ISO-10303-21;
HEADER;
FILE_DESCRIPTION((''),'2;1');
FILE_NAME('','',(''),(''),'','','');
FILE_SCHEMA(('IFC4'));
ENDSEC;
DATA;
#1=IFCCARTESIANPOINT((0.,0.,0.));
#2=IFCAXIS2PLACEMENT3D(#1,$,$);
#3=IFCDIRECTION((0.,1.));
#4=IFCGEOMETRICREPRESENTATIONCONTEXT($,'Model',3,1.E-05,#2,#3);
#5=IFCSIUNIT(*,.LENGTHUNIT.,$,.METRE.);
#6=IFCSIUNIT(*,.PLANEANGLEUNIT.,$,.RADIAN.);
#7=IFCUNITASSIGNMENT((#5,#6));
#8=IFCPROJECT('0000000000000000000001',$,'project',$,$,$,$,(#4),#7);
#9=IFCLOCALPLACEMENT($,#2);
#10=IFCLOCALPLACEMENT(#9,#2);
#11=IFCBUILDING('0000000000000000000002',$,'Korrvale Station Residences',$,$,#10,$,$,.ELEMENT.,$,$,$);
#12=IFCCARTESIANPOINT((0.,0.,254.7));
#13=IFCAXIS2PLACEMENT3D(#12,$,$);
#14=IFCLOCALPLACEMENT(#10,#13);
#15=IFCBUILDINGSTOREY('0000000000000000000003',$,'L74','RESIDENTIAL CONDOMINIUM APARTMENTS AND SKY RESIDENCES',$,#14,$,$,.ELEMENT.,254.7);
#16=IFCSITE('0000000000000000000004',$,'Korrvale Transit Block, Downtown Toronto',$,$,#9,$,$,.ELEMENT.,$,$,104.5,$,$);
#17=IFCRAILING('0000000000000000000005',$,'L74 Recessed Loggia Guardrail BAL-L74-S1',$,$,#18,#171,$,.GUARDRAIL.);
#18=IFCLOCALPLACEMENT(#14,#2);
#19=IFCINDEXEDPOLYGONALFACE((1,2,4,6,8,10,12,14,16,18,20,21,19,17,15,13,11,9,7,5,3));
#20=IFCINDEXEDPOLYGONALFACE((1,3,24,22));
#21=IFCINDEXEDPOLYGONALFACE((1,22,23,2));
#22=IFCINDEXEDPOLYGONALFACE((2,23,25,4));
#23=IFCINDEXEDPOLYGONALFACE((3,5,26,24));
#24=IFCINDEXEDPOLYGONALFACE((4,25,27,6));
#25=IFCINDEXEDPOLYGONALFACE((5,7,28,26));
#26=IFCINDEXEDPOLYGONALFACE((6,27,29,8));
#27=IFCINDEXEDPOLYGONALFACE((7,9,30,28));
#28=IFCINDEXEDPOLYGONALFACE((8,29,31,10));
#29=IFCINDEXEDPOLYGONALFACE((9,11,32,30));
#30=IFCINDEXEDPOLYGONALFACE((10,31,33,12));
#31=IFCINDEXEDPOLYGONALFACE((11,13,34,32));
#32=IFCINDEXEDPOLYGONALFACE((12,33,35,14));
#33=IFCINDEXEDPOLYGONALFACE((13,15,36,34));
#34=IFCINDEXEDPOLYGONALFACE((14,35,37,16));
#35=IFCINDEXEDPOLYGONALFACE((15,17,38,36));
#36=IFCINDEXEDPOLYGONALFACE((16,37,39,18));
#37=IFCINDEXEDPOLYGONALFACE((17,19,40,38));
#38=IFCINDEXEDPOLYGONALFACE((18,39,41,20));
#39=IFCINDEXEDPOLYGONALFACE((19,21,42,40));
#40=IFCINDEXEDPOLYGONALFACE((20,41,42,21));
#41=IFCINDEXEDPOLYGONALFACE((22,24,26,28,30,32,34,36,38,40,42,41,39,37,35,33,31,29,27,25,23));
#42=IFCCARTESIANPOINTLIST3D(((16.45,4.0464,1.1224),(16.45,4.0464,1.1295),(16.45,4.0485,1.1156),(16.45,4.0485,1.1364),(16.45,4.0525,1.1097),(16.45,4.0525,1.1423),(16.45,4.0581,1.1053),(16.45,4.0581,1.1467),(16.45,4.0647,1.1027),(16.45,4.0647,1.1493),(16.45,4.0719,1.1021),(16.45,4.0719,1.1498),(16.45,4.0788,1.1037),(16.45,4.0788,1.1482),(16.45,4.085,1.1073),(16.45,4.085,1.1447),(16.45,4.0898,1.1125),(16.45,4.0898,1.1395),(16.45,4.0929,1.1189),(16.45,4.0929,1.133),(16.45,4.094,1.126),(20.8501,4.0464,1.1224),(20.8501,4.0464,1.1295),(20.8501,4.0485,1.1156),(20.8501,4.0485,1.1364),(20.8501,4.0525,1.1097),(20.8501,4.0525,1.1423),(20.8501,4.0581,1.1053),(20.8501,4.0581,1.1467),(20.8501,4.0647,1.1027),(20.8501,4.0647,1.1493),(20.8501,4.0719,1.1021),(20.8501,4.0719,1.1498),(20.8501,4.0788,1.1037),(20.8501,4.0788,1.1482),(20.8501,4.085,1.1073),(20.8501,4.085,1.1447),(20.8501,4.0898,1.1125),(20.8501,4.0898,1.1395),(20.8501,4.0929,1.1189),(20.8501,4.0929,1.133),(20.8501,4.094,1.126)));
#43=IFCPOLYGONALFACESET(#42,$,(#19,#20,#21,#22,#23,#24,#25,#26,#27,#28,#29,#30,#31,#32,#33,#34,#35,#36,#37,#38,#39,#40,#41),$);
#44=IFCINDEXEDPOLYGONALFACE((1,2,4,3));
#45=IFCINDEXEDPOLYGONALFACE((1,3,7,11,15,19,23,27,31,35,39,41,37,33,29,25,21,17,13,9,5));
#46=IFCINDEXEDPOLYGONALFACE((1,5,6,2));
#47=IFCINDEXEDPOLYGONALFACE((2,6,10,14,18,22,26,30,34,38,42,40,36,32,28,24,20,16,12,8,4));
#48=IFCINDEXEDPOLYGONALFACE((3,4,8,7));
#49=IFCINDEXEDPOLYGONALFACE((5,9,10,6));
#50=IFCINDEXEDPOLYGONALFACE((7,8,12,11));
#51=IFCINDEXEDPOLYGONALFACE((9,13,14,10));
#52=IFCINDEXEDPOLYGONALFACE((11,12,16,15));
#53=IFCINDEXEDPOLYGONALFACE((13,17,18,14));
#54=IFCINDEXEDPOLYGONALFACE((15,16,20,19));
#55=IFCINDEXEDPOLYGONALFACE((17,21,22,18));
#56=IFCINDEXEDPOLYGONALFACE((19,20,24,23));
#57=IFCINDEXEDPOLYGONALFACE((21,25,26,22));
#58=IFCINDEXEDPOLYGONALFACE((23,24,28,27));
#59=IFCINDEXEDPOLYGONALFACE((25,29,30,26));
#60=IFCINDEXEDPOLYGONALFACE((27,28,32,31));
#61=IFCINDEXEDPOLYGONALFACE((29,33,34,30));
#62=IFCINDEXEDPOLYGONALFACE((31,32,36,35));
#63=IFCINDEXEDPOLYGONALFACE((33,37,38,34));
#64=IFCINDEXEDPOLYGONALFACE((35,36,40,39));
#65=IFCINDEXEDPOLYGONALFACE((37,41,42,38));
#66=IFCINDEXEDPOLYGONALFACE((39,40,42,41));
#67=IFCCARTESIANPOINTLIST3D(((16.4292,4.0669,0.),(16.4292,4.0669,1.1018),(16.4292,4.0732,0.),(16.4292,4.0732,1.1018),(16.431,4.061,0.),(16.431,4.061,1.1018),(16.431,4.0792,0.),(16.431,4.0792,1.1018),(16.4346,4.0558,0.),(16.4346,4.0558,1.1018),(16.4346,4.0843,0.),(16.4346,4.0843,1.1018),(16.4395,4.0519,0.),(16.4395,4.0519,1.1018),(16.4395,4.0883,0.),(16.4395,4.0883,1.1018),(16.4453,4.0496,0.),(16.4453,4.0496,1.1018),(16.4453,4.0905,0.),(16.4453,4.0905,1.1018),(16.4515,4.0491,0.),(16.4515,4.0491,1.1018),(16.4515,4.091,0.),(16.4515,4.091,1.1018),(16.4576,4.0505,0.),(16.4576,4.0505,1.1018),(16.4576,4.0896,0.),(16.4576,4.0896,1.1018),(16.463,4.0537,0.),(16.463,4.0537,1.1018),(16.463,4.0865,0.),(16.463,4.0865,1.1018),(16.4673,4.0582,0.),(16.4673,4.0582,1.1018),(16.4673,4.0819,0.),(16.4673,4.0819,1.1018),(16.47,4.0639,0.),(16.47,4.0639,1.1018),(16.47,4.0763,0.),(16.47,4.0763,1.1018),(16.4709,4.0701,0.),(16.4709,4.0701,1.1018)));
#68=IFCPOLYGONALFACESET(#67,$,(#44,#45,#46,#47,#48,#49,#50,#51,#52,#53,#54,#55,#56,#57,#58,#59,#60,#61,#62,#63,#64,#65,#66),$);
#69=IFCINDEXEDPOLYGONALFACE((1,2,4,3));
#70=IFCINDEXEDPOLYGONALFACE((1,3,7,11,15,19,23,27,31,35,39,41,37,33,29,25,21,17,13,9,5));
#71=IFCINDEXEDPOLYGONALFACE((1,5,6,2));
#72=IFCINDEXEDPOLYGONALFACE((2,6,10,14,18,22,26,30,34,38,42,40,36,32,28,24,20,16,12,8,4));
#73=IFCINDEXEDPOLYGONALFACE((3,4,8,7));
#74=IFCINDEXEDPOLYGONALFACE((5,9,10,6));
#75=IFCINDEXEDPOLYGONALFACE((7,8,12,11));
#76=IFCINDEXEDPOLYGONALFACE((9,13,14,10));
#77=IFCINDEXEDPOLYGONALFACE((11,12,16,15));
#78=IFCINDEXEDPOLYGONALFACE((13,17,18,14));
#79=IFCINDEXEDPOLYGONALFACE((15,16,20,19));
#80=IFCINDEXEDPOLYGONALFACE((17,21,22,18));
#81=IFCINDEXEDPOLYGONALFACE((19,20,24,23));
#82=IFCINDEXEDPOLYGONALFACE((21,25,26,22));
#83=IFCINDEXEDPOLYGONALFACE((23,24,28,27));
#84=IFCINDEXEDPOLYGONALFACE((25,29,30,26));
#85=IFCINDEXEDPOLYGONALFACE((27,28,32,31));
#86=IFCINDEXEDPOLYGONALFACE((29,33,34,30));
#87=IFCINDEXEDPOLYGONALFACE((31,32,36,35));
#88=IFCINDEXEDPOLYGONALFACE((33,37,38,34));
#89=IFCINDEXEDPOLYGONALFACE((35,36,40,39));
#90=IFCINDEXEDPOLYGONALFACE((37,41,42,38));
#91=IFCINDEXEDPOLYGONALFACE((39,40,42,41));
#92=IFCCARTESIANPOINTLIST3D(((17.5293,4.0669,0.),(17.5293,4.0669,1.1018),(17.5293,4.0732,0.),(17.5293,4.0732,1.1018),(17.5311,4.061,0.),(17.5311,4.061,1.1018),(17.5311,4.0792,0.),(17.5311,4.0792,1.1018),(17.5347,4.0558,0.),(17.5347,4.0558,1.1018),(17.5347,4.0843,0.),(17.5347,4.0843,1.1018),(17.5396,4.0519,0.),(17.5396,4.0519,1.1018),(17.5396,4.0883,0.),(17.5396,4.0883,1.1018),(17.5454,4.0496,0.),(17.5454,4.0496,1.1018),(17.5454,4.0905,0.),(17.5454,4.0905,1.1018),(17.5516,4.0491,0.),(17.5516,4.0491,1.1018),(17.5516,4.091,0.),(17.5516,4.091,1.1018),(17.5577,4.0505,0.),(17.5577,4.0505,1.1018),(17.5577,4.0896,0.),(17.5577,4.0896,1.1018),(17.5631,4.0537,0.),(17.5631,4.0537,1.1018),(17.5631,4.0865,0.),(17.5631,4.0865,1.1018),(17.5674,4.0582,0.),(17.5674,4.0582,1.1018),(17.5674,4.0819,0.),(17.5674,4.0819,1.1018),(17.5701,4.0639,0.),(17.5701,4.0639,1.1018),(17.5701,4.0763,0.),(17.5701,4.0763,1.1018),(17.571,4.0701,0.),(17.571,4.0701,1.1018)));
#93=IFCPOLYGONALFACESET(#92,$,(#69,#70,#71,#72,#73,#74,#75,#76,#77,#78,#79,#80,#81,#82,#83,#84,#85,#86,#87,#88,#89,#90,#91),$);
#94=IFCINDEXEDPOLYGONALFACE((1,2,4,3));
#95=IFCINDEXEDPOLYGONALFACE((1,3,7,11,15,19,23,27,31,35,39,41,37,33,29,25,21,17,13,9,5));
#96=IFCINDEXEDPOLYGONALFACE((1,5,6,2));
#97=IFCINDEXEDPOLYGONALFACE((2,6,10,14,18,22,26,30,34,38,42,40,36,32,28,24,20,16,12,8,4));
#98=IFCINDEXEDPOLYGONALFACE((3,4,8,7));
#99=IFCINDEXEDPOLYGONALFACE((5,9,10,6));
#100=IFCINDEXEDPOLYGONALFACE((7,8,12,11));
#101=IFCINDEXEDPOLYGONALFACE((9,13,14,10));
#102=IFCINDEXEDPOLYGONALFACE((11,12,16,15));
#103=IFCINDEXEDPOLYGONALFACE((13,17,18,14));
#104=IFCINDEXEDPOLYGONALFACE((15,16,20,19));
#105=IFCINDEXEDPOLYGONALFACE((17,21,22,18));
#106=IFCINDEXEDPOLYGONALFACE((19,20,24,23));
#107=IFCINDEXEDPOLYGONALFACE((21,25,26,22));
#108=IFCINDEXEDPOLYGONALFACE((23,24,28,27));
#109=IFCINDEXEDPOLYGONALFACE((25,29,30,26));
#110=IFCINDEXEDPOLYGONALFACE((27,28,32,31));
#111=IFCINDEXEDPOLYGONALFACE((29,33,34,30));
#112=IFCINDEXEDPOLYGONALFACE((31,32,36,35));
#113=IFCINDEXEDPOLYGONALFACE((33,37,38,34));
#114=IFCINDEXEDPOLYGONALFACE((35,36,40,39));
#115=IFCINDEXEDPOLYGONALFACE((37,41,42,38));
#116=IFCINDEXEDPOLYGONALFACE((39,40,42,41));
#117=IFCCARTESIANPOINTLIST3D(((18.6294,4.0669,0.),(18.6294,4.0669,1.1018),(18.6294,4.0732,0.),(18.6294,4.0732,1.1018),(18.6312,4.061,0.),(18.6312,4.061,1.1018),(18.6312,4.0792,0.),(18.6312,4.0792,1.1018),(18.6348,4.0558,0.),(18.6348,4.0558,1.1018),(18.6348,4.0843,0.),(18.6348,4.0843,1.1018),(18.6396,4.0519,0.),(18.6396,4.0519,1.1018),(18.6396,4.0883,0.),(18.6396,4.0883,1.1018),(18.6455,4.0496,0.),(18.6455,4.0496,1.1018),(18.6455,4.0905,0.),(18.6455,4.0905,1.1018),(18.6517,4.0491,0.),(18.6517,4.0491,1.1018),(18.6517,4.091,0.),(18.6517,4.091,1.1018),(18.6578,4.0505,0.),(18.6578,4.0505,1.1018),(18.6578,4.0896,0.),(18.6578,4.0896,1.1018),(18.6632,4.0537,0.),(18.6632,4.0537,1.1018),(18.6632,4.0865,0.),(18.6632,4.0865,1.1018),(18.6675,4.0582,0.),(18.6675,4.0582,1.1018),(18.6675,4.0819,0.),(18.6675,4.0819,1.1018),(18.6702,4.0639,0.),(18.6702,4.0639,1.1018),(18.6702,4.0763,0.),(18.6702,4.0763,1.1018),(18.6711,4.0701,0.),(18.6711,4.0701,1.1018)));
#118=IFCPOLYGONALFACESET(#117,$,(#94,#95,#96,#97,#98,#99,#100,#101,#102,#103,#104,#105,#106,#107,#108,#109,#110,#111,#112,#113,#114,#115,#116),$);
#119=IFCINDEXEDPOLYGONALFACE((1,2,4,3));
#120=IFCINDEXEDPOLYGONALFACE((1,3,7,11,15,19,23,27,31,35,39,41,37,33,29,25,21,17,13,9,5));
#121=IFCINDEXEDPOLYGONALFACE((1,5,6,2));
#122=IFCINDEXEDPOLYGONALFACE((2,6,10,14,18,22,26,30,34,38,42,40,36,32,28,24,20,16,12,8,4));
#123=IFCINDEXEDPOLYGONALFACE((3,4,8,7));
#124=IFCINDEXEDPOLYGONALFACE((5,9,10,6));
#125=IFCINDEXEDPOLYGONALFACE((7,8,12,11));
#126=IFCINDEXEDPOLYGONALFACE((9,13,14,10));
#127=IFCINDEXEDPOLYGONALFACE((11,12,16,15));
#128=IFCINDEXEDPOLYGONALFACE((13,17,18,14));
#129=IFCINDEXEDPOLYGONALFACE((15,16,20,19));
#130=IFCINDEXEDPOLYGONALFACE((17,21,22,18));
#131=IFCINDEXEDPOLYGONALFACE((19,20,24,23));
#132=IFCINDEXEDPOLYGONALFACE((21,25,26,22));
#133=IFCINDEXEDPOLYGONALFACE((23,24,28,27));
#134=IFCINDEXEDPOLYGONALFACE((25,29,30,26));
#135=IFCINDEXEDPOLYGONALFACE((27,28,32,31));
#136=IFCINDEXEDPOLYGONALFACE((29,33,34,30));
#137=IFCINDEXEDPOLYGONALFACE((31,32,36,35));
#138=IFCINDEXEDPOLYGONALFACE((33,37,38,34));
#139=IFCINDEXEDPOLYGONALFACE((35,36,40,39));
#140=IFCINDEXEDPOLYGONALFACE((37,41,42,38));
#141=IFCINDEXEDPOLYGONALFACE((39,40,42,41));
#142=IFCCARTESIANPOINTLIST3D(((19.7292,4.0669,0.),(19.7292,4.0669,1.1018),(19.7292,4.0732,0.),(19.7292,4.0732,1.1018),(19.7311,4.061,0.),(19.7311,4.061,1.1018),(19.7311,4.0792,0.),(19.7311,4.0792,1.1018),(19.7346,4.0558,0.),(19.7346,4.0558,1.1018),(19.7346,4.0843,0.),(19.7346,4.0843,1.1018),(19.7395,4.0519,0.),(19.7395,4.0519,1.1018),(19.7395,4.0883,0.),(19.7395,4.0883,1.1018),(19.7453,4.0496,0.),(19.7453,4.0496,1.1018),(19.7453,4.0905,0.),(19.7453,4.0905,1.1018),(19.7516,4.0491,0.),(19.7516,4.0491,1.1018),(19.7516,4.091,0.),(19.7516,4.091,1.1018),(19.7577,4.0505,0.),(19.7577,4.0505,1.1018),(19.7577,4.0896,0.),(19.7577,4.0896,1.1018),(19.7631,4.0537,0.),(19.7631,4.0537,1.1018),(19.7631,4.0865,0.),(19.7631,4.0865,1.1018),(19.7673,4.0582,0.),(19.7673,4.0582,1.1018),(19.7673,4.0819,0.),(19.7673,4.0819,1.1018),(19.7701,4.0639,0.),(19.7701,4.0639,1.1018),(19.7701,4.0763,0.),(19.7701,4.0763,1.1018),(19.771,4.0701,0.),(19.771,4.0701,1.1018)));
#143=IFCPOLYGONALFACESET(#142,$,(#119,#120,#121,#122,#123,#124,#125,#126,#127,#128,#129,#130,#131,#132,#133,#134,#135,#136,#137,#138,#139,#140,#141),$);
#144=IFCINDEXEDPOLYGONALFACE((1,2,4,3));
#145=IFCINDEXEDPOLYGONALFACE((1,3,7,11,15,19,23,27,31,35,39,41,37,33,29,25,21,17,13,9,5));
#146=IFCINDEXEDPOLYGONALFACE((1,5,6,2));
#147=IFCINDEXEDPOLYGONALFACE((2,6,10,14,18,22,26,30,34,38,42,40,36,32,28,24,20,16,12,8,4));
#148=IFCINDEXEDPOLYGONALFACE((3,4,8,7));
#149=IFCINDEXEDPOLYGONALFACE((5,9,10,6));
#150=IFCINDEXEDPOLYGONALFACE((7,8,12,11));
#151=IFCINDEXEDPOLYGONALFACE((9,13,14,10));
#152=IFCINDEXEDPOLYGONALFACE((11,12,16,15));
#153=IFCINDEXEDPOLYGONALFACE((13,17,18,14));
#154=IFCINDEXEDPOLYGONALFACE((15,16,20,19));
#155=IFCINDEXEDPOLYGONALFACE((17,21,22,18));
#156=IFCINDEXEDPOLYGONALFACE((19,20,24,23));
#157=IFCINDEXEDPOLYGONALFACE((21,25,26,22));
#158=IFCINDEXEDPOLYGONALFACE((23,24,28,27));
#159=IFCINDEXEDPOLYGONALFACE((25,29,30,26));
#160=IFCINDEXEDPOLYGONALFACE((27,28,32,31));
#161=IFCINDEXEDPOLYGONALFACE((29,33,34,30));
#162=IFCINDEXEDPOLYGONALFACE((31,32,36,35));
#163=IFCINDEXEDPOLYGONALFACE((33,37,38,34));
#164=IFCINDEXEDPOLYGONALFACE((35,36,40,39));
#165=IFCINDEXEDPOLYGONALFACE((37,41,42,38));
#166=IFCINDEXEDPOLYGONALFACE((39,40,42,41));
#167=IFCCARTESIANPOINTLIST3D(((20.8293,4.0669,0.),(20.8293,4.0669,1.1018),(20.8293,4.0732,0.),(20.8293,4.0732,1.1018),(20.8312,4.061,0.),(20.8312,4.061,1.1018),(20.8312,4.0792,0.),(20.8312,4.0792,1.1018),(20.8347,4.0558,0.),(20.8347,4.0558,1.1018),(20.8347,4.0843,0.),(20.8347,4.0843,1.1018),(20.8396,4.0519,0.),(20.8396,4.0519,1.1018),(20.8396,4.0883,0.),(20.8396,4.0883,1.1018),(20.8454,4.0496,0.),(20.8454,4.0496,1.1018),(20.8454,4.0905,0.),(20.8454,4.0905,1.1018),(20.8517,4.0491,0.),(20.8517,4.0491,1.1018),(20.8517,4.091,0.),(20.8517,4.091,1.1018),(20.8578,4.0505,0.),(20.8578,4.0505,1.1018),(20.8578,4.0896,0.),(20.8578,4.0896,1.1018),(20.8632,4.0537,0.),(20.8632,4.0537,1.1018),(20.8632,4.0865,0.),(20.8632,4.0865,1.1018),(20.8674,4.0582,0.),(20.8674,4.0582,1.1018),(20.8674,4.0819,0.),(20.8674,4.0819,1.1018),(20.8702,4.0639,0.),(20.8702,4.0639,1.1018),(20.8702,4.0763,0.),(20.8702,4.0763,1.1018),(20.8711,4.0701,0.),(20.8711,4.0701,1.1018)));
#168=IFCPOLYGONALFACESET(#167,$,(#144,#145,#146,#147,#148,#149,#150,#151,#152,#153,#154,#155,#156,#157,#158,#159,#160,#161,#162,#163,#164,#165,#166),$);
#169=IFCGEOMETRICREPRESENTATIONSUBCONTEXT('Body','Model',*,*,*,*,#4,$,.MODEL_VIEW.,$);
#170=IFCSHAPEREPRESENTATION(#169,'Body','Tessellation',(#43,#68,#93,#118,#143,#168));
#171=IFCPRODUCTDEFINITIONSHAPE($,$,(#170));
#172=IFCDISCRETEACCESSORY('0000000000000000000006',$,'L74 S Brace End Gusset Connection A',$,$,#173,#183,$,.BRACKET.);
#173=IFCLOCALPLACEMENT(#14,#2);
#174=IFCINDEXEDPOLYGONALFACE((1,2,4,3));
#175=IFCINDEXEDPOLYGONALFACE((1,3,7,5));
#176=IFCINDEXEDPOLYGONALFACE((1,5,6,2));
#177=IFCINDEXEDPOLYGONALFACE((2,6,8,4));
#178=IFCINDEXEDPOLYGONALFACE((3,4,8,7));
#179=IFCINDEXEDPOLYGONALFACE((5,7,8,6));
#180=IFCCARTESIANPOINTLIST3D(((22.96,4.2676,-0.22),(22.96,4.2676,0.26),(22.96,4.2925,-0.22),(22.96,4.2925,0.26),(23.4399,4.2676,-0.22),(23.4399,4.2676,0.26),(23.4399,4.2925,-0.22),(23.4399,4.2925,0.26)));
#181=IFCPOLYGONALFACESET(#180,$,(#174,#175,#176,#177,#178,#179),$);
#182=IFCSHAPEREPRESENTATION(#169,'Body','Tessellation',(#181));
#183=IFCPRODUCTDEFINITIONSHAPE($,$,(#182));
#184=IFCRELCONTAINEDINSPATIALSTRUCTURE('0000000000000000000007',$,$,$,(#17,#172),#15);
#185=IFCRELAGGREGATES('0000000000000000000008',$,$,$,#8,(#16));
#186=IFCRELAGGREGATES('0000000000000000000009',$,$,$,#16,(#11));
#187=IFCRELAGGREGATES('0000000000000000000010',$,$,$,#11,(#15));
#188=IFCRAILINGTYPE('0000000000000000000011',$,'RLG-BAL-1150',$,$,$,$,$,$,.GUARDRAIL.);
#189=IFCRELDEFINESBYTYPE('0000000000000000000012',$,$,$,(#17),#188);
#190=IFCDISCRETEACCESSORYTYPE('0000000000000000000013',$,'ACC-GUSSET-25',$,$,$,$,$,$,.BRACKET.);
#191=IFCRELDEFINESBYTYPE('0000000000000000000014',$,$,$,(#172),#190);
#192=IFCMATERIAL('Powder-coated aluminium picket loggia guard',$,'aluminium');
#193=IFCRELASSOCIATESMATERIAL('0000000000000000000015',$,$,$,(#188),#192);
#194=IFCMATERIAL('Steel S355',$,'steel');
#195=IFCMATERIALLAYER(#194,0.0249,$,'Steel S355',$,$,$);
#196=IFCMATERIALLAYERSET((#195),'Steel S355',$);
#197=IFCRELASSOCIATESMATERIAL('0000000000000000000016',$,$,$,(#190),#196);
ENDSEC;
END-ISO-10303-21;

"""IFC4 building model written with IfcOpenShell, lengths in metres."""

from ifc_helpers import new_model, si_unit, direction, frame, origin, origin_2d, place, context, subcontext, project, spatial, rectangle, circle, extrude, material, layer, layer_set, type_object, element, save


model = new_model("IFC4")

# Units and contexts
model_context = context("Model", 3, precision=1e-05, world=origin(), true_north=direction((0.0, 1.0)))
body_context = subcontext(model_context, "Body", "Model", "MODEL_VIEW")
ifc_project = project(units=[si_unit("LENGTHUNIT", "METRE"), si_unit("PLANEANGLEUNIT", "RADIAN")], contexts=[model_context])

# Site, building, storey
site_placement = place(None, origin())
site = spatial("IfcSite", under=ifc_project, at=site_placement, Name="Korrvale Transit Block, Downtown Toronto", CompositionType="ELEMENT", RefElevation=104.5)
building_placement = place(site_placement, origin())
building = spatial("IfcBuilding", under=site, at=building_placement, Name="Korrvale Station Residences", CompositionType="ELEMENT")
storey_placement = place(building_placement, frame((0.0, 0.0, 254.7)))
storey = spatial("IfcBuildingStorey", under=building, at=storey_placement, Name="L74", Description="RESIDENTIAL CONDOMINIUM APARTMENTS AND SKY RESIDENCES", CompositionType="ELEMENT", Elevation=254.7)

# Shared definitions
ifc_material_1 = material(Name="Steel S355", Category="steel")

# Railing
ifc_material_2 = material(Name="Powder-coated aluminium picket loggia guard", Category="aluminium")
railing_type = type_object("IfcRailingType", Name="RLG-BAL-1150", PredefinedType="GUARDRAIL", material=ifc_material_2)
railing_placement = place(storey_placement, frame((16.45, 4.0701, 0.0)))
element("IfcRailing", 1, at=railing_placement, inside=storey, type_object=railing_type, Name="L74 Recessed Loggia Guardrail BAL-L74-S1", PredefinedType="GUARDRAIL", context=body_context, shape_type="SweptSolid", body=[
    extrude(circle(Radius=0.0239, at=origin_2d()), frame((0.0, 0.0, 1.126), z_axis=(1.0, 0.0, 0.0), x_axis=(0.0, 1.0, 0.0)), (0.0, 0.0, 1.0), 4.4001),
    extrude(circle(Radius=0.021, at=origin_2d()), origin(), (0.0, 0.0, 1.0), 1.1018),
    extrude(circle(Radius=0.021, at=origin_2d()), frame((1.1001, 0.0, 0.0)), (0.0, 0.0, 1.0), 1.1018),
    extrude(circle(Radius=0.021, at=origin_2d()), frame((2.2002, 0.0, 0.0)), (0.0, 0.0, 1.0), 1.1018),
    extrude(circle(Radius=0.021, at=origin_2d()), frame((3.3, 0.0, 0.0)), (0.0, 0.0, 1.0), 1.1018),
    extrude(circle(Radius=0.021, at=origin_2d()), frame((4.4001, 0.0, 0.0)), (0.0, 0.0, 1.0), 1.1018),
])

# Discrete accessory
ifc_layer_1 = layer(ifc_material_1, 0.0249, Name="Steel S355")
ifc_layer_set_1 = layer_set([ifc_layer_1], Name="Steel S355")
discrete_accessory_type = type_object("IfcDiscreteAccessoryType", Name="ACC-GUSSET-25", PredefinedType="BRACKET", material=ifc_layer_set_1)
discrete_accessory_placement = place(storey_placement, frame((23.2, 4.28, -0.22), z_axis=(0.0, 0.0, 1.0), x_axis=(1.0, 0.0, 0.0)))
element("IfcDiscreteAccessory", 2, at=discrete_accessory_placement, inside=storey, type_object=discrete_accessory_type, Name="L74 S Brace End Gusset Connection A", PredefinedType="BRACKET", context=body_context, shape_type="SweptSolid", body=[
    extrude(rectangle(XDim=0.48, YDim=0.0249, at=origin_2d()), origin(), (0.0, 0.0, 1.0), 0.48),
])

save(model, "model.ifc")
